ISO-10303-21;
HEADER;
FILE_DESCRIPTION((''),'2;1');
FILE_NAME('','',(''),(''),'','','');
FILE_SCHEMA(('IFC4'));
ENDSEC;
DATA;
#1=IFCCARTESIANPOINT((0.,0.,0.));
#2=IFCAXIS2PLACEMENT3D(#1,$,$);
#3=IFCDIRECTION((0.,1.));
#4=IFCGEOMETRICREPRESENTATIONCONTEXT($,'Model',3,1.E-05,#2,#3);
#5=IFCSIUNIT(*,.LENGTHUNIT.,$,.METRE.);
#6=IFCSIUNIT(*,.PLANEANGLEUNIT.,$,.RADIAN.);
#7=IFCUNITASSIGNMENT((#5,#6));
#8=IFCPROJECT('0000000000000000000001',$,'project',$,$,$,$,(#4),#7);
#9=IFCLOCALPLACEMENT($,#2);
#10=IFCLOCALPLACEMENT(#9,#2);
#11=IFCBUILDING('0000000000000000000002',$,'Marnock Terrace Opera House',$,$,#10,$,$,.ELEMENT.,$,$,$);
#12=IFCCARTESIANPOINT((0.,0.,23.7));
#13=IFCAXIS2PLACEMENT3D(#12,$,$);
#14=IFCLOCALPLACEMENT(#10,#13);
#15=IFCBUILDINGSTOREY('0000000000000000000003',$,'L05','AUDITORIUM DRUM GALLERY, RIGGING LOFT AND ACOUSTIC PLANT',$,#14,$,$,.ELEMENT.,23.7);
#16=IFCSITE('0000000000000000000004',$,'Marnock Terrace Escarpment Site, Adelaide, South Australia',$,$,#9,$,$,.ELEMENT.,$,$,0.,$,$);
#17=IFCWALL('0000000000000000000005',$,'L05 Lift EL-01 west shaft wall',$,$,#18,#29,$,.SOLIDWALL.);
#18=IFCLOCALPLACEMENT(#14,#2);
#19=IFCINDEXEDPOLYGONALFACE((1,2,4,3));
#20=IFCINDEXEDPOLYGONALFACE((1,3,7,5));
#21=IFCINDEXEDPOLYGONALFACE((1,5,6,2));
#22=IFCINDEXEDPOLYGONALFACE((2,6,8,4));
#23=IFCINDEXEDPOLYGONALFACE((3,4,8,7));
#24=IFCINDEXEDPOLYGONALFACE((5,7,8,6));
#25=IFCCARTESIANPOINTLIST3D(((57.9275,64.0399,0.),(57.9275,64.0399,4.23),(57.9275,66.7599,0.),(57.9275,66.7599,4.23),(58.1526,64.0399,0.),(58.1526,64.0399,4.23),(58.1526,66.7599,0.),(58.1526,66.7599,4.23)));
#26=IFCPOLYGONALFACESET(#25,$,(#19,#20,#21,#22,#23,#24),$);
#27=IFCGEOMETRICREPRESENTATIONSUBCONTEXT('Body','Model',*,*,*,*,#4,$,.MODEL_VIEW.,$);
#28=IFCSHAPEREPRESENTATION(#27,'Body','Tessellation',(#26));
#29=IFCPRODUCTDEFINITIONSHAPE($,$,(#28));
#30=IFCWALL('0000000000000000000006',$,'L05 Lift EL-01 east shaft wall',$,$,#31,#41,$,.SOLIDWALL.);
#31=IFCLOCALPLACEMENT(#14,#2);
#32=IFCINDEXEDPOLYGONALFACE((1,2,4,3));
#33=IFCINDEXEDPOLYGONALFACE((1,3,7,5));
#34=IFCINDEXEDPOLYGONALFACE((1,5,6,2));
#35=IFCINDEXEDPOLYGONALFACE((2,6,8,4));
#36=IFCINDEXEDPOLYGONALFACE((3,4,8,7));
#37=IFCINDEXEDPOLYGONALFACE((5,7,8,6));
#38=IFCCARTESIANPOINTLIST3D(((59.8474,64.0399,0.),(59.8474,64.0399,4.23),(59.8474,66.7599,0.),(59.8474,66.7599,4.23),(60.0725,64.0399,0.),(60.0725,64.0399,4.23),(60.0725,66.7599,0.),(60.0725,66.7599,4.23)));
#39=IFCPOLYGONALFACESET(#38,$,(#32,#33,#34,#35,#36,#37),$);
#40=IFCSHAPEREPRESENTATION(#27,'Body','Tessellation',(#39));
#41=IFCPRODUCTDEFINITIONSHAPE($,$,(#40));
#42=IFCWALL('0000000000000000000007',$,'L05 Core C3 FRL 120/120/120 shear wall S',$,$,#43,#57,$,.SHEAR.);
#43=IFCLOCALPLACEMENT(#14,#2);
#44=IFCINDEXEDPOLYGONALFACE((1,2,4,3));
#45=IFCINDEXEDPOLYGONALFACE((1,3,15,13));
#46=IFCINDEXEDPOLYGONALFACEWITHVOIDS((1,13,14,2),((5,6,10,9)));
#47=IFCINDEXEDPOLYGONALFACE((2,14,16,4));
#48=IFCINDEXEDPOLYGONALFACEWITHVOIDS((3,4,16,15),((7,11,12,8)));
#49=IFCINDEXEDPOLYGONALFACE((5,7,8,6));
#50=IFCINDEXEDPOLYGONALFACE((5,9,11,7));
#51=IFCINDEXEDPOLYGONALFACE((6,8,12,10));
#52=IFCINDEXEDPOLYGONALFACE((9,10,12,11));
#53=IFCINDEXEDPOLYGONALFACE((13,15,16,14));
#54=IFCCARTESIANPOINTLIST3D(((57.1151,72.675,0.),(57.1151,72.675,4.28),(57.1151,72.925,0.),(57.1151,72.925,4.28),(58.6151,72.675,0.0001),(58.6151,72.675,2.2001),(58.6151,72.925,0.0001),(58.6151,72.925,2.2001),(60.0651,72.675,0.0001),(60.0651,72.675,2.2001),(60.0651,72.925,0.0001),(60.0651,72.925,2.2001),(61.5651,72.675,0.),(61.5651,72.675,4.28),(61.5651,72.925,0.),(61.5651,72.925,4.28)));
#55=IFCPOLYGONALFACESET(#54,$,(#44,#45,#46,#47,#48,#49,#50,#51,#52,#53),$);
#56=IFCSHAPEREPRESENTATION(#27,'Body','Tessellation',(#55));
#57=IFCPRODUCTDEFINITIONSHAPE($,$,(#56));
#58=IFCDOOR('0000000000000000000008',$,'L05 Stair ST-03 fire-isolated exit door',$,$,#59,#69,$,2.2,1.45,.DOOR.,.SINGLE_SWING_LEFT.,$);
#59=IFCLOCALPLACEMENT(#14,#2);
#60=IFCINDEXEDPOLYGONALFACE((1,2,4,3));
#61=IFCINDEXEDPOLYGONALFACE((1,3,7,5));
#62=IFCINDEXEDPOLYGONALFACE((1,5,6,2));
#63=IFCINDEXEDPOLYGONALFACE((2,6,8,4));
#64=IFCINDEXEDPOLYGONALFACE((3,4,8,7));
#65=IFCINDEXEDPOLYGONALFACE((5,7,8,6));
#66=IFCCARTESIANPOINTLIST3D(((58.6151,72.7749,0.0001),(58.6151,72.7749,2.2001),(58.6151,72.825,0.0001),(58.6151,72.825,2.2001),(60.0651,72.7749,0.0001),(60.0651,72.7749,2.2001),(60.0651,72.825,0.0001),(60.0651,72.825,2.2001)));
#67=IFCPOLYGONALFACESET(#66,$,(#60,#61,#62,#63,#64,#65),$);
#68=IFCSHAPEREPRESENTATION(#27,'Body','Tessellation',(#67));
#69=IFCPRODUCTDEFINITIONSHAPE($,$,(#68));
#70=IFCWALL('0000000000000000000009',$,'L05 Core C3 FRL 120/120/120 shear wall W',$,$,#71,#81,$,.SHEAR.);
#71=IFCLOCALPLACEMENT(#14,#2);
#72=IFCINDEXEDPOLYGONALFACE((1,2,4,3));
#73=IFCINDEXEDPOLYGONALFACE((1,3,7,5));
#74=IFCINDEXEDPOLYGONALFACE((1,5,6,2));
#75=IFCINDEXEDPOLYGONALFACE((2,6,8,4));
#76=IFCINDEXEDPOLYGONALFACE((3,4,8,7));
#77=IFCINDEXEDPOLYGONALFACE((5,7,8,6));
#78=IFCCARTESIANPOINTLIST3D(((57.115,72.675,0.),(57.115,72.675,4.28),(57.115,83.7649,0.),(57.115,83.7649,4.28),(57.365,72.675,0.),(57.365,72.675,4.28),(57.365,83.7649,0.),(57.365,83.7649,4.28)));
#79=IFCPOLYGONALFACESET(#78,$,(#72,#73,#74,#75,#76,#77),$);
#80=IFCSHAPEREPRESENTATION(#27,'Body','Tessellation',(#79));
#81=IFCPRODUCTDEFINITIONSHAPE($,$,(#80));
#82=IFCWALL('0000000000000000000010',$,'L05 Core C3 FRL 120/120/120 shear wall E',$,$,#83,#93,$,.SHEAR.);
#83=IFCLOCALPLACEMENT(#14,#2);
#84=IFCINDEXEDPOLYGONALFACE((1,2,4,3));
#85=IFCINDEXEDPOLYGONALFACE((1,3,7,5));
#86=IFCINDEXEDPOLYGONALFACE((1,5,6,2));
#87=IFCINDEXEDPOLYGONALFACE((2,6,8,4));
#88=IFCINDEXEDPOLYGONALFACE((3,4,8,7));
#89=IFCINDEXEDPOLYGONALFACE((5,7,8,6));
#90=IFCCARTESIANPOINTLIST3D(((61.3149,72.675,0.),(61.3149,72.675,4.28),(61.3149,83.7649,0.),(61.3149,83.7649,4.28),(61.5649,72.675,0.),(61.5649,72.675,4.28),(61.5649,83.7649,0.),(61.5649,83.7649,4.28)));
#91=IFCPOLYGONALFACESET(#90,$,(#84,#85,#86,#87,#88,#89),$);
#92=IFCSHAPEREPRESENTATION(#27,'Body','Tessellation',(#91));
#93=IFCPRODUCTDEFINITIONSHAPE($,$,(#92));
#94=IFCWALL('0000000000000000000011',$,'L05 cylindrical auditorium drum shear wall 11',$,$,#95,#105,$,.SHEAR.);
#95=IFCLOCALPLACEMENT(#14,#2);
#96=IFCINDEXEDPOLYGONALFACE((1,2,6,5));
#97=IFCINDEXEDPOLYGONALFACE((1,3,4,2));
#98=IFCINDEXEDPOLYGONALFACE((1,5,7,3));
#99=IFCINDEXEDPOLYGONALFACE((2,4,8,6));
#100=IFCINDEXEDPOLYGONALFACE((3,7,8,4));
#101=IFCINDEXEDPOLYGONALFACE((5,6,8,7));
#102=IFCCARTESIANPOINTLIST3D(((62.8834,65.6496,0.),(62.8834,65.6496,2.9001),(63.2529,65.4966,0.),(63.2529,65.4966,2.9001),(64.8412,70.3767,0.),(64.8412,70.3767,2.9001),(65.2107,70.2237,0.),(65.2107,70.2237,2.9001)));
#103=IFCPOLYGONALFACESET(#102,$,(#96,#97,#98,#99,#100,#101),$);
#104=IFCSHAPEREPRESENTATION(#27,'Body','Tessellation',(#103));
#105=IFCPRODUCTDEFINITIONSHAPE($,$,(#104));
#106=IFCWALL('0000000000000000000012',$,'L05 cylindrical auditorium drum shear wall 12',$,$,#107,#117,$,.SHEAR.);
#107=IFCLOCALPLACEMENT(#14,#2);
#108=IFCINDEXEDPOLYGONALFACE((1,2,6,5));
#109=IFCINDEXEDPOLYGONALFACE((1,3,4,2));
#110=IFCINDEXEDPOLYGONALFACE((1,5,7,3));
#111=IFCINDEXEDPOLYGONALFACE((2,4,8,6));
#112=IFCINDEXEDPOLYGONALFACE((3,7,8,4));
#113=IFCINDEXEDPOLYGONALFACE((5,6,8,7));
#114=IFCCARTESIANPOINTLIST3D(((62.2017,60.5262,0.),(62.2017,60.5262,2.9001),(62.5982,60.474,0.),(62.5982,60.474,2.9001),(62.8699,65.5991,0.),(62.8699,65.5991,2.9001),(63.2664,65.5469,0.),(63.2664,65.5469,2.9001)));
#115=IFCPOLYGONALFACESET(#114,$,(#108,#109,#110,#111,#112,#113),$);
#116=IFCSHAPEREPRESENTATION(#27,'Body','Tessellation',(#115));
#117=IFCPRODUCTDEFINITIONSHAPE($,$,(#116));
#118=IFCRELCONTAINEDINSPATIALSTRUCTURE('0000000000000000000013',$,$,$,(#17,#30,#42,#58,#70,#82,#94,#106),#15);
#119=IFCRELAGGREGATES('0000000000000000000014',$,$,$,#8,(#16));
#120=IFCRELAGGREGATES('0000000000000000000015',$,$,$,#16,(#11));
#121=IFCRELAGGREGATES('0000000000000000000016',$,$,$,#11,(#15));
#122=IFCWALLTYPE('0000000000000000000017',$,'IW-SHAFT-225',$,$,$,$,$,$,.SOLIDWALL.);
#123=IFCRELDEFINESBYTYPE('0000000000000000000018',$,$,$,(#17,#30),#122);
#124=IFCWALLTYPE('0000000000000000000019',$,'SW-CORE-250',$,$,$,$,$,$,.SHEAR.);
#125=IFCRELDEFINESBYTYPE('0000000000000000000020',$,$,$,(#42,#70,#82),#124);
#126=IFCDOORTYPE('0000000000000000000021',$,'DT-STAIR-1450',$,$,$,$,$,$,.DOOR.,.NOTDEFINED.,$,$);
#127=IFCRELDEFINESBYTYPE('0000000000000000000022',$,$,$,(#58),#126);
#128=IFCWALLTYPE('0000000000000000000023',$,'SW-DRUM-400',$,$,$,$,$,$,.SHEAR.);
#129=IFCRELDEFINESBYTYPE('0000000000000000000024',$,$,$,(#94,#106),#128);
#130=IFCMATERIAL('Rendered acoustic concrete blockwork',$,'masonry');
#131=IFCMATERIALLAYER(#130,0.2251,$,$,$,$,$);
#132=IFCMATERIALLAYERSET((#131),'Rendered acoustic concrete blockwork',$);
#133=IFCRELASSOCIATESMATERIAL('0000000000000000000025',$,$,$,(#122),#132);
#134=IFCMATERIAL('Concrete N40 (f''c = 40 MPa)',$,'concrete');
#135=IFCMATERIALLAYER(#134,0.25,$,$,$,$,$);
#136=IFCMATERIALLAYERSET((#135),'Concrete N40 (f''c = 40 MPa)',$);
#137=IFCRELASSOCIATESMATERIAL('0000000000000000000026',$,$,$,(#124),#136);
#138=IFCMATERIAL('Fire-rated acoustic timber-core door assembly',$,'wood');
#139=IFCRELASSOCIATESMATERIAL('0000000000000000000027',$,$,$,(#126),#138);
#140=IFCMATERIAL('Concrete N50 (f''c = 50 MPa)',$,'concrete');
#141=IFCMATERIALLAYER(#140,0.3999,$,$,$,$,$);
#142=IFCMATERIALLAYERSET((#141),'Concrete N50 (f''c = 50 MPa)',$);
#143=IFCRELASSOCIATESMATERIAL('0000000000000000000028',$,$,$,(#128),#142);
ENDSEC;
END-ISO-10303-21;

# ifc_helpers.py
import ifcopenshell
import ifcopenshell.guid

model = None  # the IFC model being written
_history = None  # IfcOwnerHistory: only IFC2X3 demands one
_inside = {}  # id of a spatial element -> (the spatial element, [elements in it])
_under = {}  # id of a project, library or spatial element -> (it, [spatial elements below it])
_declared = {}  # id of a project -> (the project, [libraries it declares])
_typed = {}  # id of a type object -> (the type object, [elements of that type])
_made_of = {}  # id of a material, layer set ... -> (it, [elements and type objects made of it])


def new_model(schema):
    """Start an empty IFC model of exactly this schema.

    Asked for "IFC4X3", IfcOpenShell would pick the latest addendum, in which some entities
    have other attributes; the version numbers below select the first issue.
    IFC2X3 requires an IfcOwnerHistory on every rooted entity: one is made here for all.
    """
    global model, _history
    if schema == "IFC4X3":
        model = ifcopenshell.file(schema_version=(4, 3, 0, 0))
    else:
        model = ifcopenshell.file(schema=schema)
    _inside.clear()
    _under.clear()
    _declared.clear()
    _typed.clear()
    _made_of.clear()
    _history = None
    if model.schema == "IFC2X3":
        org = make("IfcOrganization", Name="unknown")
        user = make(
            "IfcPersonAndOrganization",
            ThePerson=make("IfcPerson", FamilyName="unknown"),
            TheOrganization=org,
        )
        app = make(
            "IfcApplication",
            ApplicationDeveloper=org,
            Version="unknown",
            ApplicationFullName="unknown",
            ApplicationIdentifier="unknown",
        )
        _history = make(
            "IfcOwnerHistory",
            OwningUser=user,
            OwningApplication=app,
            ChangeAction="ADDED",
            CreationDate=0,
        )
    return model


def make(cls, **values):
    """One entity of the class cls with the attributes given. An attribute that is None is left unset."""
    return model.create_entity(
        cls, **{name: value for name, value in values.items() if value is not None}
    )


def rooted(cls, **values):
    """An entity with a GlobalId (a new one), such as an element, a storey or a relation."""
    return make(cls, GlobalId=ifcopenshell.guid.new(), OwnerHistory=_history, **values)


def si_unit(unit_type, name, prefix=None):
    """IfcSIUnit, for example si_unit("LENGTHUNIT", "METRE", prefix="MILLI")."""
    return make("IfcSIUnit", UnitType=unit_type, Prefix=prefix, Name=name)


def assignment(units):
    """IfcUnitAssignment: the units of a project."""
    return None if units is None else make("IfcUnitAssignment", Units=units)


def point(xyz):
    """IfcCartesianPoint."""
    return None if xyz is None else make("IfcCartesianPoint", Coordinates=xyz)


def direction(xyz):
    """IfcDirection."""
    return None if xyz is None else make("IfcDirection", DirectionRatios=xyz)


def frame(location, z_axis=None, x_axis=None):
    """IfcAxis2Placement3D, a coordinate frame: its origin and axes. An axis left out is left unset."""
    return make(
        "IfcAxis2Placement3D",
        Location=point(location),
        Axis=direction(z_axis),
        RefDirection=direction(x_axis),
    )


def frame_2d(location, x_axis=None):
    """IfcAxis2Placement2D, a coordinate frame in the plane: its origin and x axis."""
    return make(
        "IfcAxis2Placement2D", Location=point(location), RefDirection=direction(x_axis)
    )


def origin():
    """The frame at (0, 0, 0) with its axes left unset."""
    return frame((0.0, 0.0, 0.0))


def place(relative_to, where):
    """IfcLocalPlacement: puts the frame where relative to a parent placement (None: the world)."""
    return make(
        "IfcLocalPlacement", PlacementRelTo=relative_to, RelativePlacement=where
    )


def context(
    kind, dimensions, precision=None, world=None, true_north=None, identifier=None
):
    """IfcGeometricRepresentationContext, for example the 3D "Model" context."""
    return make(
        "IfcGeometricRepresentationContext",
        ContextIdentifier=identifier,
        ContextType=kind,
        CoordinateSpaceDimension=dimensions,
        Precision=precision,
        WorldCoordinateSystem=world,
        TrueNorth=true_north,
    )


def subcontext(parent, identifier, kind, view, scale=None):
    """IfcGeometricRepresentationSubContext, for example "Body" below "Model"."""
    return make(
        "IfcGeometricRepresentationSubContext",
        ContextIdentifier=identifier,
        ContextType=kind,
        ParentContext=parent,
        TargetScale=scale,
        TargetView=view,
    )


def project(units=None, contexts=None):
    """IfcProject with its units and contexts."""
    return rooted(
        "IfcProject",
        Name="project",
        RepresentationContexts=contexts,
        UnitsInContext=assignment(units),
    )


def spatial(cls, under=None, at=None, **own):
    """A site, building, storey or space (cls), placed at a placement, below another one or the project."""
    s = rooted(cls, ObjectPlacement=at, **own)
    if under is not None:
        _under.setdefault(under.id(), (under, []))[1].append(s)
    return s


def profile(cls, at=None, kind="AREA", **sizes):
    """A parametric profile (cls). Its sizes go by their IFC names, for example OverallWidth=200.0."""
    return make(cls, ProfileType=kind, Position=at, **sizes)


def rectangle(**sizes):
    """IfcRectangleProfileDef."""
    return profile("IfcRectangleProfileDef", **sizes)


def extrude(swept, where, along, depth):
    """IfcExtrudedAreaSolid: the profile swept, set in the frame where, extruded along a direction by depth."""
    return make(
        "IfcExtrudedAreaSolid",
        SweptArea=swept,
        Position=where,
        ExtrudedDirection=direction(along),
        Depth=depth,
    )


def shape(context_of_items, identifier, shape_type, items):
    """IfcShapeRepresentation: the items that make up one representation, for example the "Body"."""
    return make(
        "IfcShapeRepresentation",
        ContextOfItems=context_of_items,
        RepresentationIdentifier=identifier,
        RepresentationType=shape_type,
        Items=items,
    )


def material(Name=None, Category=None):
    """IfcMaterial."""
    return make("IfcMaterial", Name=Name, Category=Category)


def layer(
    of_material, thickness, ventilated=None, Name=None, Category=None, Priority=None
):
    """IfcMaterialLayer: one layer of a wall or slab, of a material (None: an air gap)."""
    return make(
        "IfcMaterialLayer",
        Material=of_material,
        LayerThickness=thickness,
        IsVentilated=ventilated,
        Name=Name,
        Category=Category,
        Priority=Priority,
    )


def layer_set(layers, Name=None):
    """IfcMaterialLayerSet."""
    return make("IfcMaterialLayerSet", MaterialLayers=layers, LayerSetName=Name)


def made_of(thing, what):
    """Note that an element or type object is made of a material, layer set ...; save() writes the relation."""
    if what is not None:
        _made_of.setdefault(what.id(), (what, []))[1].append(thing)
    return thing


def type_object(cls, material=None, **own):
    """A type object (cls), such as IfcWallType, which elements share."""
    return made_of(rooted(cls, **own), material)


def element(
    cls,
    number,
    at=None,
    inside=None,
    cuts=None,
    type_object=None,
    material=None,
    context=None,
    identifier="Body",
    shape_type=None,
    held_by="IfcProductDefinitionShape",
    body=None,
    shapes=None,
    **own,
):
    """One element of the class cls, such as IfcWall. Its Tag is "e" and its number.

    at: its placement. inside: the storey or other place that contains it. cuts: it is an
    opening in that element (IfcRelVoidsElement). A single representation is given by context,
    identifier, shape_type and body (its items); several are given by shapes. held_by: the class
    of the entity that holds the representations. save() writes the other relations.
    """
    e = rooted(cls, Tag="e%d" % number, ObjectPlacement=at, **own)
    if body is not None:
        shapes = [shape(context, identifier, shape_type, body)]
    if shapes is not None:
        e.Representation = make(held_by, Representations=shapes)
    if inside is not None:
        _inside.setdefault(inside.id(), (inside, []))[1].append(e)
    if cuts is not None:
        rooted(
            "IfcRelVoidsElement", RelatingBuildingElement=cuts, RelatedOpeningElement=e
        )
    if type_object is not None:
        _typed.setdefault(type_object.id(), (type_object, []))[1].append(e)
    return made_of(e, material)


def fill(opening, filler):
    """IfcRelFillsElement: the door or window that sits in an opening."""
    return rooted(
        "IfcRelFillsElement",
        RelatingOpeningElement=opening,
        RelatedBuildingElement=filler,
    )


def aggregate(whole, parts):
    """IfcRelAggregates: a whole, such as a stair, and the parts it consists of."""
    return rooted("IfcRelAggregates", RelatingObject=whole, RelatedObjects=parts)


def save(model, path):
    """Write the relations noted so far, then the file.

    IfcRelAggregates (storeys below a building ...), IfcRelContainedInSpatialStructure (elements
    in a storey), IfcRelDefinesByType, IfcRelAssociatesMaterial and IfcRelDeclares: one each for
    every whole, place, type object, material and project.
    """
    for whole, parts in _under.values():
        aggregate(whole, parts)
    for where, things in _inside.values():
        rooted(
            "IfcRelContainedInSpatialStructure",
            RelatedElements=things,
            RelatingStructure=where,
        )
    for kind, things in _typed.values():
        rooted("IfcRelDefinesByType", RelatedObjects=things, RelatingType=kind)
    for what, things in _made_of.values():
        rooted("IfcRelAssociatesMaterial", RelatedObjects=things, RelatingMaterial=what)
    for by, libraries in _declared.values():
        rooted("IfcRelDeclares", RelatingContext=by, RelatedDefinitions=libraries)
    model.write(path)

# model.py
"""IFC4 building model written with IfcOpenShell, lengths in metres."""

from ifc_helpers import new_model, si_unit, direction, frame, frame_2d, origin, place, context, subcontext, project, spatial, rectangle, extrude, material, layer, layer_set, type_object, element, fill, save


model = new_model("IFC4")

# Units and contexts
model_context = context("Model", 3, precision=1e-05, world=origin(), true_north=direction((0.0, 1.0)))
body_context = subcontext(model_context, "Body", "Model", "MODEL_VIEW")
ifc_project = project(units=[si_unit("LENGTHUNIT", "METRE"), si_unit("PLANEANGLEUNIT", "RADIAN")], contexts=[model_context])

# Site, building, storey
site_placement = place(None, origin())
site = spatial("IfcSite", under=ifc_project, at=site_placement, Name="Marnock Terrace Escarpment Site, Adelaide, South Australia", CompositionType="ELEMENT", RefElevation=0.0)
building_placement = place(site_placement, origin())
building = spatial("IfcBuilding", under=site, at=building_placement, Name="Marnock Terrace Opera House", CompositionType="ELEMENT")
storey_placement = place(building_placement, frame((0.0, 0.0, 23.7)))
storey = spatial("IfcBuildingStorey", under=building, at=storey_placement, Name="L05", Description="AUDITORIUM DRUM GALLERY, RIGGING LOFT AND ACOUSTIC PLANT", CompositionType="ELEMENT", Elevation=23.7)

# Shared definitions
ifc_material_1 = material(Name="Concrete N50 (f'c = 50 MPa)", Category="concrete")
ifc_material_2 = material(Name="Concrete N40 (f'c = 40 MPa)", Category="concrete")

# Shared definitions
ifc_material_3 = material(Name="Rendered acoustic concrete blockwork", Category="masonry")
ifc_material_4 = material(Name="Fire-rated acoustic timber-core door assembly", Category="wood")
ifc_layer_1 = layer(ifc_material_3, 0.2251)
ifc_layer_set_1 = layer_set([ifc_layer_1], Name="Rendered acoustic concrete blockwork")
wall_type_1 = type_object("IfcWallType", Name="IW-SHAFT-225", PredefinedType="SOLIDWALL", material=ifc_layer_set_1)

# Walls
for number, where, z_axis, x_axis, name in (
    (1, (58.04, 64.04, 0.0), (0.0, 0.0, 1.0), (0.0, 1.0, 0.0), "L05 Lift EL-01 west shaft wall"),
    (2, (59.96, 64.04, 0.0), (0.0, 0.0, 1.0), (0.0, 1.0, 0.0), "L05 Lift EL-01 east shaft wall"),
):
    element("IfcWall", number, at=place(storey_placement, frame(where, z_axis=z_axis, x_axis=x_axis)), inside=storey, type_object=wall_type_1, Name=name, PredefinedType="SOLIDWALL", context=body_context, shape_type="SweptSolid", body=[
        extrude(rectangle(XDim=2.72, YDim=0.2251, at=frame_2d((1.3599, 0.0))), origin(), (0.0, 0.0, 1.0), 4.23),
    ])

# Wall, opening, door
ifc_layer_2 = layer(ifc_material_2, 0.25)
ifc_layer_set_2 = layer_set([ifc_layer_2], Name="Concrete N40 (f'c = 40 MPa)")
wall_type_2 = type_object("IfcWallType", Name="SW-CORE-250", PredefinedType="SHEAR", material=ifc_layer_set_2)
wall_1_placement = place(storey_placement, frame((57.115, 72.8, 0.0), z_axis=(0.0, 0.0, 1.0), x_axis=(1.0, 0.0, 0.0)))
wall_1 = element("IfcWall", 3, at=wall_1_placement, inside=storey, type_object=wall_type_2, Name="L05 Core C3 FRL 120/120/120 shear wall S", PredefinedType="SHEAR", context=body_context, shape_type="SweptSolid", body=[
    extrude(rectangle(XDim=4.45, YDim=0.25, at=frame_2d((2.2251, 0.0))), origin(), (0.0, 0.0, 1.0), 4.28),
])
opening_1_placement = place(wall_1_placement, frame((1.5, 0.0, 0.0)))
opening_1 = element("IfcOpeningElement", 4, at=opening_1_placement, cuts=wall_1, PredefinedType="OPENING", context=body_context, shape_type="SweptSolid", body=[
    extrude(rectangle(XDim=1.45, YDim=2.2, at=frame_2d((0.7251, 1.1001))), frame((0.0, 0.135, 0.0), z_axis=(0.0, -1.0, 0.0), x_axis=(1.0, 0.0, 0.0)), (0.0, 0.0, 1.0), 0.27),
])
door_type_1 = type_object("IfcDoorType", Name="DT-STAIR-1450", OperationType="NOTDEFINED", PredefinedType="DOOR", material=ifc_material_4)
door_1_placement = place(opening_1_placement, origin())
door_1 = element("IfcDoor", 5, at=door_1_placement, inside=storey, type_object=door_type_1, Name="L05 Stair ST-03 fire-isolated exit door", OperationType="SINGLE_SWING_LEFT", OverallHeight=2.2, OverallWidth=1.45, PredefinedType="DOOR", context=body_context, shape_type="SweptSolid", body=[
    extrude(rectangle(XDim=1.45, YDim=2.2, at=frame_2d((0.7251, 1.1001))), frame((0.0, 0.0249, 0.0), z_axis=(0.0, -1.0, 0.0), x_axis=(1.0, 0.0, 0.0)), (0.0, 0.0, 1.0), 0.05),
])
fill(opening_1, door_1)

# Walls
for number, where, z_axis, x_axis, name in (
    (6, (57.24, 72.675, 0.0), (0.0, 0.0, 1.0), (0.0, 1.0, 0.0), "L05 Core C3 FRL 120/120/120 shear wall W"),
    (7, (61.4399, 72.675, 0.0), (0.0, 0.0, 1.0), (0.0, 1.0, 0.0), "L05 Core C3 FRL 120/120/120 shear wall E"),
):
    element("IfcWall", number, at=place(storey_placement, frame(where, z_axis=z_axis, x_axis=x_axis)), inside=storey, type_object=wall_type_2, Name=name, PredefinedType="SHEAR", context=body_context, shape_type="SweptSolid", body=[
        extrude(rectangle(XDim=11.0898, YDim=0.25, at=frame_2d((5.5449, 0.0))), origin(), (0.0, 0.0, 1.0), 4.28),
    ])
ifc_layer_3 = layer(ifc_material_1, 0.3999)
ifc_layer_set_3 = layer_set([ifc_layer_3], Name="Concrete N50 (f'c = 50 MPa)")
wall_type_3 = type_object("IfcWallType", Name="SW-DRUM-400", PredefinedType="SHEAR", material=ifc_layer_set_3)
wall_2_placement = place(storey_placement, frame((65.0259, 70.3, 0.0), z_axis=(0.0, 0.0, 1.0), x_axis=(-0.382643, -0.923896, 0.0)))
element("IfcWall", 8, at=wall_2_placement, inside=storey, type_object=wall_type_3, Name="L05 cylindrical auditorium drum shear wall 11", PredefinedType="SHEAR", context=body_context, shape_type="SweptSolid", body=[
    extrude(rectangle(XDim=5.1165, YDim=0.3999, at=frame_2d((2.5581, 0.0))), origin(), (0.0, 0.0, 1.0), 2.9001),
])
wall_3_placement = place(storey_placement, frame((63.0681, 65.573, 0.0), z_axis=(0.0, 0.0, 1.0), x_axis=(-0.130592, -0.991436, 0.0)))
element("IfcWall", 9, at=wall_3_placement, inside=storey, type_object=wall_type_3, Name="L05 cylindrical auditorium drum shear wall 12", PredefinedType="SHEAR", context=body_context, shape_type="SweptSolid", body=[
    extrude(rectangle(XDim=5.1167, YDim=0.3999, at=frame_2d((2.5583, 0.0))), origin(), (0.0, 0.0, 1.0), 2.9001),
])

save(model, "model.ifc")
